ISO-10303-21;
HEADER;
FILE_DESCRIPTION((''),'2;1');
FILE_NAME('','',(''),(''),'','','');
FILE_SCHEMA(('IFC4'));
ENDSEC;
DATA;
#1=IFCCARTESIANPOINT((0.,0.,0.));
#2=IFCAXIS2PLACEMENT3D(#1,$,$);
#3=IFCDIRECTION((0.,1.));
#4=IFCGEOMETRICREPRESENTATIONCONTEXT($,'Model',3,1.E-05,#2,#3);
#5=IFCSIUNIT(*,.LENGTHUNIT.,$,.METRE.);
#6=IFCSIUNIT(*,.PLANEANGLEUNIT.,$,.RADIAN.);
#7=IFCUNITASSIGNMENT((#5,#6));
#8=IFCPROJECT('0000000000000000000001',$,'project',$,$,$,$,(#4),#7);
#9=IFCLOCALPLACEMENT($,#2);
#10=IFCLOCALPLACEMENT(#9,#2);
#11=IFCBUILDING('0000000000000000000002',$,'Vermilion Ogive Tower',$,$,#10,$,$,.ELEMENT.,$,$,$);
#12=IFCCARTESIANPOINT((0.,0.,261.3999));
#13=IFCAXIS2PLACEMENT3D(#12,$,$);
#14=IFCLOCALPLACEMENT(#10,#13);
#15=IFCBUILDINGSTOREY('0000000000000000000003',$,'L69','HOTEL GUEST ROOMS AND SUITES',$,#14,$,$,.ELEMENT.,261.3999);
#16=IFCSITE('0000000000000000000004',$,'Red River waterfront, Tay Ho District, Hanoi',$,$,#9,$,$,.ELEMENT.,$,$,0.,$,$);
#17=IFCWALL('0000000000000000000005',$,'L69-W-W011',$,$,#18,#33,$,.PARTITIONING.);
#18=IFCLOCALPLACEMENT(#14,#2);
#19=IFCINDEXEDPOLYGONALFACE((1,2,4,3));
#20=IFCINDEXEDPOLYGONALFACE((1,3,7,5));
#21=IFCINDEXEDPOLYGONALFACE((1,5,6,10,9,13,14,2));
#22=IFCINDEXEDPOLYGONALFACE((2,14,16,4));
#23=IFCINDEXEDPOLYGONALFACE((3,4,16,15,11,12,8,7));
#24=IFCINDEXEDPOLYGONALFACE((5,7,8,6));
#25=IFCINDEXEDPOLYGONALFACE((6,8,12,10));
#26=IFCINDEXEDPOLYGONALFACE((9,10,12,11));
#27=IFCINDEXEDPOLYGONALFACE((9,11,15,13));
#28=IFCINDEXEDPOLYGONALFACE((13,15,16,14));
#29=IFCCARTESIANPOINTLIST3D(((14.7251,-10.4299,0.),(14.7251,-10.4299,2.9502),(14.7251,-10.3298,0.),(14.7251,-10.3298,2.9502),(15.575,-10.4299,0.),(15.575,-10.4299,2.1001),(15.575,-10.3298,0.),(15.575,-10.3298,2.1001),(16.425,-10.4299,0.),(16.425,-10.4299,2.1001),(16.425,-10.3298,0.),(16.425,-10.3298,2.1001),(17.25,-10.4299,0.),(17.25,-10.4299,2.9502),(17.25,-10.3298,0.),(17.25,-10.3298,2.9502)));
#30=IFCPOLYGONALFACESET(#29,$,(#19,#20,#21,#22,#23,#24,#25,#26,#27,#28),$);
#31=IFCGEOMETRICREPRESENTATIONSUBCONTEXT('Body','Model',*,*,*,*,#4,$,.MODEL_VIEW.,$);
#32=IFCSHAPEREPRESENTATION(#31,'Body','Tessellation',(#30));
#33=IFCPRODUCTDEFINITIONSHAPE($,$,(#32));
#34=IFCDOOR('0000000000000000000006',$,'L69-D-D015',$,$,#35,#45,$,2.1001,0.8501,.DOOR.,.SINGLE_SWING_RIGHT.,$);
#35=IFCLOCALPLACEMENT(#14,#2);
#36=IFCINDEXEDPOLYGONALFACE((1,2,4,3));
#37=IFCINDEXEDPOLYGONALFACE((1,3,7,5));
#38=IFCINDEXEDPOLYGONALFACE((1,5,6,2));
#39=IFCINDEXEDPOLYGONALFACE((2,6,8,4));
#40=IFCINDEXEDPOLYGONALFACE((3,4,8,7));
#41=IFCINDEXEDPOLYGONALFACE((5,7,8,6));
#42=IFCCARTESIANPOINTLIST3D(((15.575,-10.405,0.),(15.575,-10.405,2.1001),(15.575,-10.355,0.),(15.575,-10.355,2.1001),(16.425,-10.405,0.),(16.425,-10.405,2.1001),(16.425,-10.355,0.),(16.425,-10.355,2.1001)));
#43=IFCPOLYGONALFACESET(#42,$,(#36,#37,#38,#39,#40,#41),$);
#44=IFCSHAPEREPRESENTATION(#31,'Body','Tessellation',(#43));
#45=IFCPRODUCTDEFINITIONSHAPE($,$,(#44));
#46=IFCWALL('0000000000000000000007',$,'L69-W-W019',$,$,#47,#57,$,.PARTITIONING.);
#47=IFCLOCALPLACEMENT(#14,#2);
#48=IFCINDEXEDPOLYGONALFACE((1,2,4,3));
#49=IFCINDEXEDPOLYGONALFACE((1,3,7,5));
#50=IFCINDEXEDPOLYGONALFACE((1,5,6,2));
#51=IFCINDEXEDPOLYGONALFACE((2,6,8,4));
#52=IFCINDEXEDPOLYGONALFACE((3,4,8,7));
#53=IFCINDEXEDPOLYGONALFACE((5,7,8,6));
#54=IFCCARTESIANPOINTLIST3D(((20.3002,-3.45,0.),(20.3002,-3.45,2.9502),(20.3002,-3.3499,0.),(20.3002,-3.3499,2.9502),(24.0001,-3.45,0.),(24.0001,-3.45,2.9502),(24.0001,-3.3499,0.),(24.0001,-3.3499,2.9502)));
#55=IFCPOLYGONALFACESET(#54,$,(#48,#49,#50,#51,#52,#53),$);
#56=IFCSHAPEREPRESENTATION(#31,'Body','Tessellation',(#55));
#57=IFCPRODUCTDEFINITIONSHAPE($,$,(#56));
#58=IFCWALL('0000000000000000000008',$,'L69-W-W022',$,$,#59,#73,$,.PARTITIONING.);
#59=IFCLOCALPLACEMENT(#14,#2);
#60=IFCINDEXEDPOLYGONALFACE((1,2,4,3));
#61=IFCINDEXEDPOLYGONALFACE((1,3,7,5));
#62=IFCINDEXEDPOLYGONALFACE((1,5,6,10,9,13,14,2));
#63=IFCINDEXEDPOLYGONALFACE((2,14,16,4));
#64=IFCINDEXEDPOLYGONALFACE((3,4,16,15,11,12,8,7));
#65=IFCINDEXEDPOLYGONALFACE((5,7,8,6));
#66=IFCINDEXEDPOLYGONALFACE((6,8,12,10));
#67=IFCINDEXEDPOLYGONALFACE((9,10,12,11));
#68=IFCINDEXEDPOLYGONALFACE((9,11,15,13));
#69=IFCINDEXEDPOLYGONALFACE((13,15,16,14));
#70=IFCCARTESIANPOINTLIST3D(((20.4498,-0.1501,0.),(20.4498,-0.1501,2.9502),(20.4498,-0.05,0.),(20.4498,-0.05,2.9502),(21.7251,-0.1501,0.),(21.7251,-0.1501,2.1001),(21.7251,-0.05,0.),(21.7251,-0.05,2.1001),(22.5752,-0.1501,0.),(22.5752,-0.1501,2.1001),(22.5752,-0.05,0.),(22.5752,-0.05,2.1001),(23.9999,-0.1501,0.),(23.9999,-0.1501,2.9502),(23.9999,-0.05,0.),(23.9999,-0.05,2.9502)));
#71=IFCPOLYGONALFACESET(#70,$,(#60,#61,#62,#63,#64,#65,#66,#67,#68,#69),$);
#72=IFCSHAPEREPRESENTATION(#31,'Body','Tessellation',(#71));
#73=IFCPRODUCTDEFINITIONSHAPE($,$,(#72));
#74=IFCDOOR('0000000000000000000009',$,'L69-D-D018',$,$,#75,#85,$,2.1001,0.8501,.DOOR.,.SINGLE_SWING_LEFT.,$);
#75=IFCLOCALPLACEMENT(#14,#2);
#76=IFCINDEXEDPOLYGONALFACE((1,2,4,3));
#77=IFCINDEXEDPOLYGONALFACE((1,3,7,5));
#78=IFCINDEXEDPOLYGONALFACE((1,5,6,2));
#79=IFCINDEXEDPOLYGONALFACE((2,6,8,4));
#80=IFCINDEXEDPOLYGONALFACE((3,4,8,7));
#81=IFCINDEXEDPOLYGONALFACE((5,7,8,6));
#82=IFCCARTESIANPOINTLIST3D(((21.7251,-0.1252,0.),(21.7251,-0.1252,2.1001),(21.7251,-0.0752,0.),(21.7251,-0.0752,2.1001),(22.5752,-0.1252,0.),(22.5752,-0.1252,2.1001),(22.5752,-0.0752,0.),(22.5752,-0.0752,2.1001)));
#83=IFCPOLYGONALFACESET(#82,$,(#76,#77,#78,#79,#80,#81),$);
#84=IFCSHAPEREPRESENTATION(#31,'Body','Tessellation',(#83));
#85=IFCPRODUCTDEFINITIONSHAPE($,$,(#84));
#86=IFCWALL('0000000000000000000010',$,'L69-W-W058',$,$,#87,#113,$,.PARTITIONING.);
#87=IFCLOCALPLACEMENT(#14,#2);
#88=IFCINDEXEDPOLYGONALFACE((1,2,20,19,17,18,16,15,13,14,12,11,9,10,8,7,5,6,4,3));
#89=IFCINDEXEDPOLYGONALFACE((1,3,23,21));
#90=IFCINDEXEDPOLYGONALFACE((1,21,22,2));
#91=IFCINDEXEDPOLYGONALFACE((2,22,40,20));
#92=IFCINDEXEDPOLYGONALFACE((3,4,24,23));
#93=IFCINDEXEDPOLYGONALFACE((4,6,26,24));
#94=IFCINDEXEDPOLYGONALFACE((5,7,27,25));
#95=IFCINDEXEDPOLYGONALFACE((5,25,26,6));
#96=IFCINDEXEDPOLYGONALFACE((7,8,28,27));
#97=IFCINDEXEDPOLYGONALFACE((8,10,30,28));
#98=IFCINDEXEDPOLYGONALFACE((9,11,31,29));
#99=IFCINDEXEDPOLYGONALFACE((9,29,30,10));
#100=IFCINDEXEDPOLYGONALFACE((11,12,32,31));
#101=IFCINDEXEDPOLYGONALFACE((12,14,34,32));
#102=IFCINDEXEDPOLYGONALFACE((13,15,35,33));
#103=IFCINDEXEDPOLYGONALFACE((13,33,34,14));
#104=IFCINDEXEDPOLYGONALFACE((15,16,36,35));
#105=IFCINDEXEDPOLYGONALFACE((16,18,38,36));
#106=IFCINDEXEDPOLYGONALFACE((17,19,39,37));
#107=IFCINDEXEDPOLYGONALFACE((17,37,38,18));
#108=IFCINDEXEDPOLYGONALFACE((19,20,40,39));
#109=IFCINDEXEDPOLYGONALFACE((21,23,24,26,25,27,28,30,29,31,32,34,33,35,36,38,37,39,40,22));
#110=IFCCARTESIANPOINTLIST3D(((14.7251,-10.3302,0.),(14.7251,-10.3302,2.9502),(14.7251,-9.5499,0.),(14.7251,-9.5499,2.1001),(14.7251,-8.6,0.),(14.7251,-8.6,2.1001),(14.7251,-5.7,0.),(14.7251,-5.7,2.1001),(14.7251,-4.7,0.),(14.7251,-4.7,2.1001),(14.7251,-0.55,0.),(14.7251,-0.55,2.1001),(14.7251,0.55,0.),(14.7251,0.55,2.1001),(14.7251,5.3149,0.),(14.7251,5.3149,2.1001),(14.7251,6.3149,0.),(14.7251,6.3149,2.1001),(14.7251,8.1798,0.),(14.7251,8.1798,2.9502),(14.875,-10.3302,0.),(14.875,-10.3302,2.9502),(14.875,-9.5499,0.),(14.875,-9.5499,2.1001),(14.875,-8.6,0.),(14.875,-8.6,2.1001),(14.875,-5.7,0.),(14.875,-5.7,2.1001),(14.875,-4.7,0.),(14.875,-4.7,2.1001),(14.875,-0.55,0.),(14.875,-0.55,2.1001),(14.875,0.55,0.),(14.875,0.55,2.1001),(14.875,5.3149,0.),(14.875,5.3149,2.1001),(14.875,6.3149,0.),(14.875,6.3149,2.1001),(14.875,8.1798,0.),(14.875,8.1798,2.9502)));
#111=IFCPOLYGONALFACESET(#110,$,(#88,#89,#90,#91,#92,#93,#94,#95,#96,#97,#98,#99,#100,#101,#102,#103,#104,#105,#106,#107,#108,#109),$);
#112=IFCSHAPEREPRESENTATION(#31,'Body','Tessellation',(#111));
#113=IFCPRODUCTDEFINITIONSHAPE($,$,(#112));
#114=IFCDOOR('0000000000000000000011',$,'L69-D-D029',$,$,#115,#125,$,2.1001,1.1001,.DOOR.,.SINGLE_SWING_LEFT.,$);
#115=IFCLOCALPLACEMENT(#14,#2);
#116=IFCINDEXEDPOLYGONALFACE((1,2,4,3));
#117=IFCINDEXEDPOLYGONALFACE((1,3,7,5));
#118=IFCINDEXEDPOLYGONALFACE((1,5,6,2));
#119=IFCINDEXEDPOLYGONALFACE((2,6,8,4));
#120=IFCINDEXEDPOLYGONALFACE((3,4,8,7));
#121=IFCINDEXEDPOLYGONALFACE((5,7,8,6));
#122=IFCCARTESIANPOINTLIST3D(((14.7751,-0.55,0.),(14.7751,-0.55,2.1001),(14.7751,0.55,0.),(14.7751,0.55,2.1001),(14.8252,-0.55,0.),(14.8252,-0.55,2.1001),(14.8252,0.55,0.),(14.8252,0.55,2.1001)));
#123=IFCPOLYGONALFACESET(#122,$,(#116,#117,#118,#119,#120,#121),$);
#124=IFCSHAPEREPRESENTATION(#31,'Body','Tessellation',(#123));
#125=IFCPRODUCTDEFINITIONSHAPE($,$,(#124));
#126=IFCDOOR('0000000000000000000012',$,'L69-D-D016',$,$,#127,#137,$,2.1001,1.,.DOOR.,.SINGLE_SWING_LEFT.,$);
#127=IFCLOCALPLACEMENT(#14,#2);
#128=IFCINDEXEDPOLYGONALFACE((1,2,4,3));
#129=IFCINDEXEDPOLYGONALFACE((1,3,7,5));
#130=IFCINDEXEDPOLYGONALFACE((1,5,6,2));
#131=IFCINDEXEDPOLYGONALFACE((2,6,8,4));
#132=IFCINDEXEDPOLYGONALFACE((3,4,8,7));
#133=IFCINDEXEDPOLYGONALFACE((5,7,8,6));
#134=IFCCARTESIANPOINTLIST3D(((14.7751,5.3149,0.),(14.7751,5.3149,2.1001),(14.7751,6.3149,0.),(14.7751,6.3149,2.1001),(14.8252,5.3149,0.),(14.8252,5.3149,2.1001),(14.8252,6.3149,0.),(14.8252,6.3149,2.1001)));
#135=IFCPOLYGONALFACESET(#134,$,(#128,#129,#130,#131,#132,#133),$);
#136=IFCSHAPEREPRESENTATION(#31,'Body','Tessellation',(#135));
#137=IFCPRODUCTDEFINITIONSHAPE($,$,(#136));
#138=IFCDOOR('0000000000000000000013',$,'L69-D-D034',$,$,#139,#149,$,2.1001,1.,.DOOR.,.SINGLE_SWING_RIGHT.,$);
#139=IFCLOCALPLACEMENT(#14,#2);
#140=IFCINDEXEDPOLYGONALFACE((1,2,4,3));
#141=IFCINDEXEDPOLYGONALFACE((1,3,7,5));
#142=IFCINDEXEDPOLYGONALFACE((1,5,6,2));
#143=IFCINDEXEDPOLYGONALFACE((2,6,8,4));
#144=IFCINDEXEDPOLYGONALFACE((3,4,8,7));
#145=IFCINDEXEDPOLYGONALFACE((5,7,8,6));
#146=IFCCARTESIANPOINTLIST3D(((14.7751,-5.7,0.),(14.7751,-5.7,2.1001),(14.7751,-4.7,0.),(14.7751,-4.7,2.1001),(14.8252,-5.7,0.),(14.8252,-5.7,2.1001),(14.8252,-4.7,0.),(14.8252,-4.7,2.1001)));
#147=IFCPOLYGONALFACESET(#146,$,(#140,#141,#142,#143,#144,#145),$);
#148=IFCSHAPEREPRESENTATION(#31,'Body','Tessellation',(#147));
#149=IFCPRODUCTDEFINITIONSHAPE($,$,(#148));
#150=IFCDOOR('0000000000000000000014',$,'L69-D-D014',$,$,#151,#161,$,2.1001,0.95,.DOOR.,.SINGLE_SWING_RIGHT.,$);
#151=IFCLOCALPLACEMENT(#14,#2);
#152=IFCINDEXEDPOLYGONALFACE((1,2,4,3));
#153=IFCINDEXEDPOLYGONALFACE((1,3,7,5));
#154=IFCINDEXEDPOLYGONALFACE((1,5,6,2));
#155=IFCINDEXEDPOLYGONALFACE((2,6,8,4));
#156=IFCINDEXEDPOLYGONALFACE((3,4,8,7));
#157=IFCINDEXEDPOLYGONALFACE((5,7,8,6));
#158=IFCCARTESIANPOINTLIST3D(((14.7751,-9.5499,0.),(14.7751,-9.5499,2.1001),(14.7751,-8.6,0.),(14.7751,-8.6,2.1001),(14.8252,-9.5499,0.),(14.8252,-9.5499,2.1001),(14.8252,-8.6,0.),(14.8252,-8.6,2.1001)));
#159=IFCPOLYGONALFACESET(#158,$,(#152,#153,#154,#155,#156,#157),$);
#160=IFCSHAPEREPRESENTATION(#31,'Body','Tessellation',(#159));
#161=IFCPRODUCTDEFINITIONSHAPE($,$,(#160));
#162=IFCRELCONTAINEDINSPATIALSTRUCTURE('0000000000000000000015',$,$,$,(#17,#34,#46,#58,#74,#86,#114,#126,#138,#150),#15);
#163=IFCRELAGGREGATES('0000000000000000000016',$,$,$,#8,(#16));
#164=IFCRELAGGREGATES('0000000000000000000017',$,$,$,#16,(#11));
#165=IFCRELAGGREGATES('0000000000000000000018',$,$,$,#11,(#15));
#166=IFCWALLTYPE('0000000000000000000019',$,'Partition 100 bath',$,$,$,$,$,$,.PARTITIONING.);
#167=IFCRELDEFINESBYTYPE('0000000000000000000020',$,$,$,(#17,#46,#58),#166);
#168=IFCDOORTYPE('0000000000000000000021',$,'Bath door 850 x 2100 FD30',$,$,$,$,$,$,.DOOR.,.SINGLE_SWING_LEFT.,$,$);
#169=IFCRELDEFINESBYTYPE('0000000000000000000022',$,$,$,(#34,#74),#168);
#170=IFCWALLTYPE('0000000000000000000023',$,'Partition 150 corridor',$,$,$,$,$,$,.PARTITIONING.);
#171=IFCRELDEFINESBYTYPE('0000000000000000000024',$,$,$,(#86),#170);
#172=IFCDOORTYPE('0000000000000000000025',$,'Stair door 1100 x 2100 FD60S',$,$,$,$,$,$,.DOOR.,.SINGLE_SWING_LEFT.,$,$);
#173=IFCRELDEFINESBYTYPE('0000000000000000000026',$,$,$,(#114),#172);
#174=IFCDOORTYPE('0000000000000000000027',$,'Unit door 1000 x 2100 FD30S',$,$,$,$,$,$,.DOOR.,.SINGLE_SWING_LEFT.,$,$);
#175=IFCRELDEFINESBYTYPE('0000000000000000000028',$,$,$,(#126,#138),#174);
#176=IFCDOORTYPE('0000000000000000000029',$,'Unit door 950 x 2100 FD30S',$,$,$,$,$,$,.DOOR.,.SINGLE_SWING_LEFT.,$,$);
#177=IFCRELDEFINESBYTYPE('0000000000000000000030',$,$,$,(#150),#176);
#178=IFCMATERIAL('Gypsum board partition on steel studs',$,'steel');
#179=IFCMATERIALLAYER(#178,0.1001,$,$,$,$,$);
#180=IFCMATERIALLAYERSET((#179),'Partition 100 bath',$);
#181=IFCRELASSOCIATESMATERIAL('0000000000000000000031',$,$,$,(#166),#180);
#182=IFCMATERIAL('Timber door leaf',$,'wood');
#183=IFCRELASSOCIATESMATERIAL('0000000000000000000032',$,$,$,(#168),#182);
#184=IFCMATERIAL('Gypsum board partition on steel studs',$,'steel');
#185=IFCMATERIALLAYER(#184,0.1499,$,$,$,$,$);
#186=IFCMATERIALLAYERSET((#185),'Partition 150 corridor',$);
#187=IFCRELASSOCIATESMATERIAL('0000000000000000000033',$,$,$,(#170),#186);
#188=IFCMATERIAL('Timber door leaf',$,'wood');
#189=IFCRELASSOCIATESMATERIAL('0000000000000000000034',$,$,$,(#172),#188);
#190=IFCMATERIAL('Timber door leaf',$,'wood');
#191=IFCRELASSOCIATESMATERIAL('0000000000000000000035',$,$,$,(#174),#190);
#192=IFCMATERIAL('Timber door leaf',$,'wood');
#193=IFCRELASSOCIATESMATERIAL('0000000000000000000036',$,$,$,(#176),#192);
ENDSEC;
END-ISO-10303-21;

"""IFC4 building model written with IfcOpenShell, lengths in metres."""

from ifc_helpers import new_model, si_unit, direction, frame, frame_2d, origin, place, context, subcontext, project, spatial, rectangle, extrude, material, layer, layer_set, type_object, element, fill, save


model = new_model("IFC4")

# Units and contexts
model_context = context("Model", 3, precision=1e-05, world=origin(), true_north=direction((0.0, 1.0)))
body_context = subcontext(model_context, "Body", "Model", "MODEL_VIEW")
ifc_project = project(units=[si_unit("LENGTHUNIT", "METRE"), si_unit("PLANEANGLEUNIT", "RADIAN")], contexts=[model_context])

# Site, building, storey
site_placement = place(None, origin())
site = spatial("IfcSite", under=ifc_project, at=site_placement, Name="Red River waterfront, Tay Ho District, Hanoi", CompositionType="ELEMENT", RefElevation=0.0)
building_placement = place(site_placement, origin())
building = spatial("IfcBuilding", under=site, at=building_placement, Name="Vermilion Ogive Tower", CompositionType="ELEMENT")
storey_placement = place(building_placement, frame((0.0, 0.0, 261.3999)))
storey = spatial("IfcBuildingStorey", under=building, at=storey_placement, Name="L69", Description="HOTEL GUEST ROOMS AND SUITES", CompositionType="ELEMENT", Elevation=261.3999)

# Wall, opening, door
ifc_material_1 = material(Name="Gypsum board partition on steel studs", Category="steel")
ifc_layer_1 = layer(ifc_material_1, 0.1001)
ifc_layer_set_1 = layer_set([ifc_layer_1], Name="Partition 100 bath")
wall_type_1 = type_object("IfcWallType", Name="Partition 100 bath", PredefinedType="PARTITIONING", material=ifc_layer_set_1)
wall_1_placement = place(storey_placement, frame((14.7251, -10.3799, 0.0), z_axis=(0.0, 0.0, 1.0), x_axis=(1.0, 0.0, 0.0)))
wall_1 = element("IfcWall", 1, at=wall_1_placement, inside=storey, type_object=wall_type_1, Name="L69-W-W011", PredefinedType="PARTITIONING", context=body_context, shape_type="SweptSolid", body=[
    extrude(rectangle(XDim=2.5249, YDim=0.1001, at=frame_2d((1.2625, 0.0))), origin(), (0.0, 0.0, 1.0), 2.9502),
])
opening_1_placement = place(wall_1_placement, frame((0.8499, 0.0, 0.0)))
opening_1 = element("IfcOpeningElement", 2, at=opening_1_placement, cuts=wall_1, PredefinedType="OPENING", context=body_context, shape_type="SweptSolid", body=[
    extrude(rectangle(XDim=0.8501, YDim=2.1001, at=frame_2d((0.425, 1.05))), frame((0.0, 0.0601, 0.0), z_axis=(0.0, -1.0, 0.0), x_axis=(1.0, 0.0, 0.0)), (0.0, 0.0, 1.0), 0.1201),
])
ifc_material_2 = material(Name="Timber door leaf", Category="wood")
door_type_1 = type_object("IfcDoorType", Name="Bath door 850 x 2100 FD30", OperationType="SINGLE_SWING_LEFT", PredefinedType="DOOR", material=ifc_material_2)
door_1_placement = place(opening_1_placement, origin())
door_1 = element("IfcDoor", 3, at=door_1_placement, inside=storey, type_object=door_type_1, Name="L69-D-D015", OperationType="SINGLE_SWING_RIGHT", OverallHeight=2.1001, OverallWidth=0.8501, PredefinedType="DOOR", context=body_context, shape_type="SweptSolid", body=[
    extrude(rectangle(XDim=0.8501, YDim=2.1001, at=frame_2d((0.425, 1.05))), frame((0.0, 0.0249, 0.0), z_axis=(0.0, -1.0, 0.0), x_axis=(1.0, 0.0, 0.0)), (0.0, 0.0, 1.0), 0.05),
])
fill(opening_1, door_1)

# Wall
wall_2_placement = place(storey_placement, frame((20.3, -3.3999, 0.0), z_axis=(0.0, 0.0, 1.0), x_axis=(1.0, 0.0, 0.0)))
element("IfcWall", 4, at=wall_2_placement, inside=storey, type_object=wall_type_1, Name="L69-W-W019", PredefinedType="PARTITIONING", context=body_context, shape_type="SweptSolid", body=[
    extrude(rectangle(XDim=3.7, YDim=0.1001, at=frame_2d((1.8501, 0.0))), origin(), (0.0, 0.0, 1.0), 2.9502),
])

# Wall, opening, door
wall_3_placement = place(storey_placement, frame((20.45, -0.1001, 0.0), z_axis=(0.0, 0.0, 1.0), x_axis=(1.0, 0.0, 0.0)))
wall_3 = element("IfcWall", 5, at=wall_3_placement, inside=storey, type_object=wall_type_1, Name="L69-W-W022", PredefinedType="PARTITIONING", context=body_context, shape_type="SweptSolid", body=[
    extrude(rectangle(XDim=3.55, YDim=0.1001, at=frame_2d((1.7749, 0.0))), origin(), (0.0, 0.0, 1.0), 2.9502),
])
opening_2_placement = place(wall_3_placement, frame((1.2751, 0.0, 0.0)))
opening_2 = element("IfcOpeningElement", 6, at=opening_2_placement, cuts=wall_3, PredefinedType="OPENING", context=body_context, shape_type="SweptSolid", body=[
    extrude(rectangle(XDim=0.8501, YDim=2.1001, at=frame_2d((0.425, 1.05))), frame((0.0, 0.0601, 0.0), z_axis=(0.0, -1.0, 0.0), x_axis=(1.0, 0.0, 0.0)), (0.0, 0.0, 1.0), 0.1201),
])
door_2_placement = place(opening_2_placement, origin())
door_2 = element("IfcDoor", 7, at=door_2_placement, inside=storey, type_object=door_type_1, Name="L69-D-D018", OperationType="SINGLE_SWING_LEFT", OverallHeight=2.1001, OverallWidth=0.8501, PredefinedType="DOOR", context=body_context, shape_type="SweptSolid", body=[
    extrude(rectangle(XDim=0.8501, YDim=2.1001, at=frame_2d((0.425, 1.05))), frame((0.0, 0.0249, 0.0), z_axis=(0.0, -1.0, 0.0), x_axis=(1.0, 0.0, 0.0)), (0.0, 0.0, 1.0), 0.05),
])
fill(opening_2, door_2)

# Wall, openings, doors
ifc_material_3 = material(Name="Gypsum board partition on steel studs", Category="steel")
ifc_layer_2 = layer(ifc_material_3, 0.1499)
ifc_layer_set_2 = layer_set([ifc_layer_2], Name="Partition 150 corridor")
wall_type_2 = type_object("IfcWallType", Name="Partition 150 corridor", PredefinedType="PARTITIONING", material=ifc_layer_set_2)
wall_4_placement = place(storey_placement, frame((14.8, -10.3301, 0.0), z_axis=(0.0, 0.0, 1.0), x_axis=(0.0, 1.0, 0.0)))
wall_4 = element("IfcWall", 8, at=wall_4_placement, inside=storey, type_object=wall_type_2, Name="L69-W-W058", PredefinedType="PARTITIONING", context=body_context, shape_type="SweptSolid", body=[
    extrude(rectangle(XDim=18.51, YDim=0.1499, at=frame_2d((9.2549, 0.0))), origin(), (0.0, 0.0, 1.0), 2.9502),
])
opening_3_placement = place(wall_4_placement, frame((0.78, 0.0, 0.0)))
opening_3 = element("IfcOpeningElement", 9, at=opening_3_placement, cuts=wall_4, PredefinedType="OPENING", context=body_context, shape_type="SweptSolid", body=[
    extrude(rectangle(XDim=0.95, YDim=2.1001, at=frame_2d((0.4751, 1.05))), frame((0.0, 0.085, 0.0), z_axis=(0.0, -1.0, 0.0), x_axis=(1.0, 0.0, 0.0)), (0.0, 0.0, 1.0), 0.1699),
])
opening_4_placement = place(wall_4_placement, frame((15.645, 0.0, 0.0)))
opening_4 = element("IfcOpeningElement", 10, at=opening_4_placement, cuts=wall_4, PredefinedType="OPENING", context=body_context, shape_type="SweptSolid", body=[
    extrude(rectangle(XDim=1.0, YDim=2.1001, at=frame_2d((0.5, 1.05))), frame((0.0, 0.085, 0.0), z_axis=(0.0, -1.0, 0.0), x_axis=(1.0, 0.0, 0.0)), (0.0, 0.0, 1.0), 0.1699),
])
opening_5_placement = place(wall_4_placement, frame((9.78, 0.0, 0.0)))
opening_5 = element("IfcOpeningElement", 11, at=opening_5_placement, cuts=wall_4, PredefinedType="OPENING", context=body_context, shape_type="SweptSolid", body=[
    extrude(rectangle(XDim=1.1001, YDim=2.1001, at=frame_2d((0.55, 1.05))), frame((0.0, 0.085, 0.0), z_axis=(0.0, -1.0, 0.0), x_axis=(1.0, 0.0, 0.0)), (0.0, 0.0, 1.0), 0.1699),
])
opening_6_placement = place(wall_4_placement, frame((4.6301, 0.0, 0.0)))
opening_6 = element("IfcOpeningElement", 12, at=opening_6_placement, cuts=wall_4, PredefinedType="OPENING", context=body_context, shape_type="SweptSolid", body=[
    extrude(rectangle(XDim=1.0, YDim=2.1001, at=frame_2d((0.5, 1.05))), frame((0.0, 0.085, 0.0), z_axis=(0.0, -1.0, 0.0), x_axis=(1.0, 0.0, 0.0)), (0.0, 0.0, 1.0), 0.1699),
])
ifc_material_4 = material(Name="Timber door leaf", Category="wood")
door_type_2 = type_object("IfcDoorType", Name="Stair door 1100 x 2100 FD60S", OperationType="SINGLE_SWING_LEFT", PredefinedType="DOOR", material=ifc_material_4)
door_3_placement = place(opening_5_placement, origin())
door_3 = element("IfcDoor", 13, at=door_3_placement, inside=storey, type_object=door_type_2, Name="L69-D-D029", OperationType="SINGLE_SWING_LEFT", OverallHeight=2.1001, OverallWidth=1.1001, PredefinedType="DOOR", context=body_context, shape_type="SweptSolid", body=[
    extrude(rectangle(XDim=1.1001, YDim=2.1001, at=frame_2d((0.55, 1.05))), frame((0.0, 0.0249, 0.0), z_axis=(0.0, -1.0, 0.0), x_axis=(1.0, 0.0, 0.0)), (0.0, 0.0, 1.0), 0.05),
])
fill(opening_5, door_3)
ifc_material_5 = material(Name="Timber door leaf", Category="wood")
door_type_3 = type_object("IfcDoorType", Name="Unit door 1000 x 2100 FD30S", OperationType="SINGLE_SWING_LEFT", PredefinedType="DOOR", material=ifc_material_5)
door_4_placement = place(opening_4_placement, origin())
door_4 = element("IfcDoor", 14, at=door_4_placement, inside=storey, type_object=door_type_3, Name="L69-D-D016", OperationType="SINGLE_SWING_LEFT", OverallHeight=2.1001, OverallWidth=1.0, PredefinedType="DOOR", context=body_context, shape_type="SweptSolid", body=[
    extrude(rectangle(XDim=1.0, YDim=2.1001, at=frame_2d((0.5, 1.05))), frame((0.0, 0.0249, 0.0), z_axis=(0.0, -1.0, 0.0), x_axis=(1.0, 0.0, 0.0)), (0.0, 0.0, 1.0), 0.05),
])
fill(opening_4, door_4)
door_5_placement = place(opening_6_placement, origin())
door_5 = element("IfcDoor", 15, at=door_5_placement, inside=storey, type_object=door_type_3, Name="L69-D-D034", OperationType="SINGLE_SWING_RIGHT", OverallHeight=2.1001, OverallWidth=1.0, PredefinedType="DOOR", context=body_context, shape_type="SweptSolid", body=[
    extrude(rectangle(XDim=1.0, YDim=2.1001, at=frame_2d((0.5, 1.05))), frame((0.0, 0.0249, 0.0), z_axis=(0.0, -1.0, 0.0), x_axis=(1.0, 0.0, 0.0)), (0.0, 0.0, 1.0), 0.05),
])
fill(opening_6, door_5)
ifc_material_6 = material(Name="Timber door leaf", Category="wood")
door_type_4 = type_object("IfcDoorType", Name="Unit door 950 x 2100 FD30S", OperationType="SINGLE_SWING_LEFT", PredefinedType="DOOR", material=ifc_material_6)
door_6_placement = place(opening_3_placement, origin())
door_6 = element("IfcDoor", 16, at=door_6_placement, inside=storey, type_object=door_type_4, Name="L69-D-D014", OperationType="SINGLE_SWING_RIGHT", OverallHeight=2.1001, OverallWidth=0.95, PredefinedType="DOOR", context=body_context, shape_type="SweptSolid", body=[
    extrude(rectangle(XDim=0.95, YDim=2.1001, at=frame_2d((0.4751, 1.05))), frame((0.0, 0.0249, 0.0), z_axis=(0.0, -1.0, 0.0), x_axis=(1.0, 0.0, 0.0)), (0.0, 0.0, 1.0), 0.05),
])
fill(opening_3, door_6)

save(model, "model.ifc")
